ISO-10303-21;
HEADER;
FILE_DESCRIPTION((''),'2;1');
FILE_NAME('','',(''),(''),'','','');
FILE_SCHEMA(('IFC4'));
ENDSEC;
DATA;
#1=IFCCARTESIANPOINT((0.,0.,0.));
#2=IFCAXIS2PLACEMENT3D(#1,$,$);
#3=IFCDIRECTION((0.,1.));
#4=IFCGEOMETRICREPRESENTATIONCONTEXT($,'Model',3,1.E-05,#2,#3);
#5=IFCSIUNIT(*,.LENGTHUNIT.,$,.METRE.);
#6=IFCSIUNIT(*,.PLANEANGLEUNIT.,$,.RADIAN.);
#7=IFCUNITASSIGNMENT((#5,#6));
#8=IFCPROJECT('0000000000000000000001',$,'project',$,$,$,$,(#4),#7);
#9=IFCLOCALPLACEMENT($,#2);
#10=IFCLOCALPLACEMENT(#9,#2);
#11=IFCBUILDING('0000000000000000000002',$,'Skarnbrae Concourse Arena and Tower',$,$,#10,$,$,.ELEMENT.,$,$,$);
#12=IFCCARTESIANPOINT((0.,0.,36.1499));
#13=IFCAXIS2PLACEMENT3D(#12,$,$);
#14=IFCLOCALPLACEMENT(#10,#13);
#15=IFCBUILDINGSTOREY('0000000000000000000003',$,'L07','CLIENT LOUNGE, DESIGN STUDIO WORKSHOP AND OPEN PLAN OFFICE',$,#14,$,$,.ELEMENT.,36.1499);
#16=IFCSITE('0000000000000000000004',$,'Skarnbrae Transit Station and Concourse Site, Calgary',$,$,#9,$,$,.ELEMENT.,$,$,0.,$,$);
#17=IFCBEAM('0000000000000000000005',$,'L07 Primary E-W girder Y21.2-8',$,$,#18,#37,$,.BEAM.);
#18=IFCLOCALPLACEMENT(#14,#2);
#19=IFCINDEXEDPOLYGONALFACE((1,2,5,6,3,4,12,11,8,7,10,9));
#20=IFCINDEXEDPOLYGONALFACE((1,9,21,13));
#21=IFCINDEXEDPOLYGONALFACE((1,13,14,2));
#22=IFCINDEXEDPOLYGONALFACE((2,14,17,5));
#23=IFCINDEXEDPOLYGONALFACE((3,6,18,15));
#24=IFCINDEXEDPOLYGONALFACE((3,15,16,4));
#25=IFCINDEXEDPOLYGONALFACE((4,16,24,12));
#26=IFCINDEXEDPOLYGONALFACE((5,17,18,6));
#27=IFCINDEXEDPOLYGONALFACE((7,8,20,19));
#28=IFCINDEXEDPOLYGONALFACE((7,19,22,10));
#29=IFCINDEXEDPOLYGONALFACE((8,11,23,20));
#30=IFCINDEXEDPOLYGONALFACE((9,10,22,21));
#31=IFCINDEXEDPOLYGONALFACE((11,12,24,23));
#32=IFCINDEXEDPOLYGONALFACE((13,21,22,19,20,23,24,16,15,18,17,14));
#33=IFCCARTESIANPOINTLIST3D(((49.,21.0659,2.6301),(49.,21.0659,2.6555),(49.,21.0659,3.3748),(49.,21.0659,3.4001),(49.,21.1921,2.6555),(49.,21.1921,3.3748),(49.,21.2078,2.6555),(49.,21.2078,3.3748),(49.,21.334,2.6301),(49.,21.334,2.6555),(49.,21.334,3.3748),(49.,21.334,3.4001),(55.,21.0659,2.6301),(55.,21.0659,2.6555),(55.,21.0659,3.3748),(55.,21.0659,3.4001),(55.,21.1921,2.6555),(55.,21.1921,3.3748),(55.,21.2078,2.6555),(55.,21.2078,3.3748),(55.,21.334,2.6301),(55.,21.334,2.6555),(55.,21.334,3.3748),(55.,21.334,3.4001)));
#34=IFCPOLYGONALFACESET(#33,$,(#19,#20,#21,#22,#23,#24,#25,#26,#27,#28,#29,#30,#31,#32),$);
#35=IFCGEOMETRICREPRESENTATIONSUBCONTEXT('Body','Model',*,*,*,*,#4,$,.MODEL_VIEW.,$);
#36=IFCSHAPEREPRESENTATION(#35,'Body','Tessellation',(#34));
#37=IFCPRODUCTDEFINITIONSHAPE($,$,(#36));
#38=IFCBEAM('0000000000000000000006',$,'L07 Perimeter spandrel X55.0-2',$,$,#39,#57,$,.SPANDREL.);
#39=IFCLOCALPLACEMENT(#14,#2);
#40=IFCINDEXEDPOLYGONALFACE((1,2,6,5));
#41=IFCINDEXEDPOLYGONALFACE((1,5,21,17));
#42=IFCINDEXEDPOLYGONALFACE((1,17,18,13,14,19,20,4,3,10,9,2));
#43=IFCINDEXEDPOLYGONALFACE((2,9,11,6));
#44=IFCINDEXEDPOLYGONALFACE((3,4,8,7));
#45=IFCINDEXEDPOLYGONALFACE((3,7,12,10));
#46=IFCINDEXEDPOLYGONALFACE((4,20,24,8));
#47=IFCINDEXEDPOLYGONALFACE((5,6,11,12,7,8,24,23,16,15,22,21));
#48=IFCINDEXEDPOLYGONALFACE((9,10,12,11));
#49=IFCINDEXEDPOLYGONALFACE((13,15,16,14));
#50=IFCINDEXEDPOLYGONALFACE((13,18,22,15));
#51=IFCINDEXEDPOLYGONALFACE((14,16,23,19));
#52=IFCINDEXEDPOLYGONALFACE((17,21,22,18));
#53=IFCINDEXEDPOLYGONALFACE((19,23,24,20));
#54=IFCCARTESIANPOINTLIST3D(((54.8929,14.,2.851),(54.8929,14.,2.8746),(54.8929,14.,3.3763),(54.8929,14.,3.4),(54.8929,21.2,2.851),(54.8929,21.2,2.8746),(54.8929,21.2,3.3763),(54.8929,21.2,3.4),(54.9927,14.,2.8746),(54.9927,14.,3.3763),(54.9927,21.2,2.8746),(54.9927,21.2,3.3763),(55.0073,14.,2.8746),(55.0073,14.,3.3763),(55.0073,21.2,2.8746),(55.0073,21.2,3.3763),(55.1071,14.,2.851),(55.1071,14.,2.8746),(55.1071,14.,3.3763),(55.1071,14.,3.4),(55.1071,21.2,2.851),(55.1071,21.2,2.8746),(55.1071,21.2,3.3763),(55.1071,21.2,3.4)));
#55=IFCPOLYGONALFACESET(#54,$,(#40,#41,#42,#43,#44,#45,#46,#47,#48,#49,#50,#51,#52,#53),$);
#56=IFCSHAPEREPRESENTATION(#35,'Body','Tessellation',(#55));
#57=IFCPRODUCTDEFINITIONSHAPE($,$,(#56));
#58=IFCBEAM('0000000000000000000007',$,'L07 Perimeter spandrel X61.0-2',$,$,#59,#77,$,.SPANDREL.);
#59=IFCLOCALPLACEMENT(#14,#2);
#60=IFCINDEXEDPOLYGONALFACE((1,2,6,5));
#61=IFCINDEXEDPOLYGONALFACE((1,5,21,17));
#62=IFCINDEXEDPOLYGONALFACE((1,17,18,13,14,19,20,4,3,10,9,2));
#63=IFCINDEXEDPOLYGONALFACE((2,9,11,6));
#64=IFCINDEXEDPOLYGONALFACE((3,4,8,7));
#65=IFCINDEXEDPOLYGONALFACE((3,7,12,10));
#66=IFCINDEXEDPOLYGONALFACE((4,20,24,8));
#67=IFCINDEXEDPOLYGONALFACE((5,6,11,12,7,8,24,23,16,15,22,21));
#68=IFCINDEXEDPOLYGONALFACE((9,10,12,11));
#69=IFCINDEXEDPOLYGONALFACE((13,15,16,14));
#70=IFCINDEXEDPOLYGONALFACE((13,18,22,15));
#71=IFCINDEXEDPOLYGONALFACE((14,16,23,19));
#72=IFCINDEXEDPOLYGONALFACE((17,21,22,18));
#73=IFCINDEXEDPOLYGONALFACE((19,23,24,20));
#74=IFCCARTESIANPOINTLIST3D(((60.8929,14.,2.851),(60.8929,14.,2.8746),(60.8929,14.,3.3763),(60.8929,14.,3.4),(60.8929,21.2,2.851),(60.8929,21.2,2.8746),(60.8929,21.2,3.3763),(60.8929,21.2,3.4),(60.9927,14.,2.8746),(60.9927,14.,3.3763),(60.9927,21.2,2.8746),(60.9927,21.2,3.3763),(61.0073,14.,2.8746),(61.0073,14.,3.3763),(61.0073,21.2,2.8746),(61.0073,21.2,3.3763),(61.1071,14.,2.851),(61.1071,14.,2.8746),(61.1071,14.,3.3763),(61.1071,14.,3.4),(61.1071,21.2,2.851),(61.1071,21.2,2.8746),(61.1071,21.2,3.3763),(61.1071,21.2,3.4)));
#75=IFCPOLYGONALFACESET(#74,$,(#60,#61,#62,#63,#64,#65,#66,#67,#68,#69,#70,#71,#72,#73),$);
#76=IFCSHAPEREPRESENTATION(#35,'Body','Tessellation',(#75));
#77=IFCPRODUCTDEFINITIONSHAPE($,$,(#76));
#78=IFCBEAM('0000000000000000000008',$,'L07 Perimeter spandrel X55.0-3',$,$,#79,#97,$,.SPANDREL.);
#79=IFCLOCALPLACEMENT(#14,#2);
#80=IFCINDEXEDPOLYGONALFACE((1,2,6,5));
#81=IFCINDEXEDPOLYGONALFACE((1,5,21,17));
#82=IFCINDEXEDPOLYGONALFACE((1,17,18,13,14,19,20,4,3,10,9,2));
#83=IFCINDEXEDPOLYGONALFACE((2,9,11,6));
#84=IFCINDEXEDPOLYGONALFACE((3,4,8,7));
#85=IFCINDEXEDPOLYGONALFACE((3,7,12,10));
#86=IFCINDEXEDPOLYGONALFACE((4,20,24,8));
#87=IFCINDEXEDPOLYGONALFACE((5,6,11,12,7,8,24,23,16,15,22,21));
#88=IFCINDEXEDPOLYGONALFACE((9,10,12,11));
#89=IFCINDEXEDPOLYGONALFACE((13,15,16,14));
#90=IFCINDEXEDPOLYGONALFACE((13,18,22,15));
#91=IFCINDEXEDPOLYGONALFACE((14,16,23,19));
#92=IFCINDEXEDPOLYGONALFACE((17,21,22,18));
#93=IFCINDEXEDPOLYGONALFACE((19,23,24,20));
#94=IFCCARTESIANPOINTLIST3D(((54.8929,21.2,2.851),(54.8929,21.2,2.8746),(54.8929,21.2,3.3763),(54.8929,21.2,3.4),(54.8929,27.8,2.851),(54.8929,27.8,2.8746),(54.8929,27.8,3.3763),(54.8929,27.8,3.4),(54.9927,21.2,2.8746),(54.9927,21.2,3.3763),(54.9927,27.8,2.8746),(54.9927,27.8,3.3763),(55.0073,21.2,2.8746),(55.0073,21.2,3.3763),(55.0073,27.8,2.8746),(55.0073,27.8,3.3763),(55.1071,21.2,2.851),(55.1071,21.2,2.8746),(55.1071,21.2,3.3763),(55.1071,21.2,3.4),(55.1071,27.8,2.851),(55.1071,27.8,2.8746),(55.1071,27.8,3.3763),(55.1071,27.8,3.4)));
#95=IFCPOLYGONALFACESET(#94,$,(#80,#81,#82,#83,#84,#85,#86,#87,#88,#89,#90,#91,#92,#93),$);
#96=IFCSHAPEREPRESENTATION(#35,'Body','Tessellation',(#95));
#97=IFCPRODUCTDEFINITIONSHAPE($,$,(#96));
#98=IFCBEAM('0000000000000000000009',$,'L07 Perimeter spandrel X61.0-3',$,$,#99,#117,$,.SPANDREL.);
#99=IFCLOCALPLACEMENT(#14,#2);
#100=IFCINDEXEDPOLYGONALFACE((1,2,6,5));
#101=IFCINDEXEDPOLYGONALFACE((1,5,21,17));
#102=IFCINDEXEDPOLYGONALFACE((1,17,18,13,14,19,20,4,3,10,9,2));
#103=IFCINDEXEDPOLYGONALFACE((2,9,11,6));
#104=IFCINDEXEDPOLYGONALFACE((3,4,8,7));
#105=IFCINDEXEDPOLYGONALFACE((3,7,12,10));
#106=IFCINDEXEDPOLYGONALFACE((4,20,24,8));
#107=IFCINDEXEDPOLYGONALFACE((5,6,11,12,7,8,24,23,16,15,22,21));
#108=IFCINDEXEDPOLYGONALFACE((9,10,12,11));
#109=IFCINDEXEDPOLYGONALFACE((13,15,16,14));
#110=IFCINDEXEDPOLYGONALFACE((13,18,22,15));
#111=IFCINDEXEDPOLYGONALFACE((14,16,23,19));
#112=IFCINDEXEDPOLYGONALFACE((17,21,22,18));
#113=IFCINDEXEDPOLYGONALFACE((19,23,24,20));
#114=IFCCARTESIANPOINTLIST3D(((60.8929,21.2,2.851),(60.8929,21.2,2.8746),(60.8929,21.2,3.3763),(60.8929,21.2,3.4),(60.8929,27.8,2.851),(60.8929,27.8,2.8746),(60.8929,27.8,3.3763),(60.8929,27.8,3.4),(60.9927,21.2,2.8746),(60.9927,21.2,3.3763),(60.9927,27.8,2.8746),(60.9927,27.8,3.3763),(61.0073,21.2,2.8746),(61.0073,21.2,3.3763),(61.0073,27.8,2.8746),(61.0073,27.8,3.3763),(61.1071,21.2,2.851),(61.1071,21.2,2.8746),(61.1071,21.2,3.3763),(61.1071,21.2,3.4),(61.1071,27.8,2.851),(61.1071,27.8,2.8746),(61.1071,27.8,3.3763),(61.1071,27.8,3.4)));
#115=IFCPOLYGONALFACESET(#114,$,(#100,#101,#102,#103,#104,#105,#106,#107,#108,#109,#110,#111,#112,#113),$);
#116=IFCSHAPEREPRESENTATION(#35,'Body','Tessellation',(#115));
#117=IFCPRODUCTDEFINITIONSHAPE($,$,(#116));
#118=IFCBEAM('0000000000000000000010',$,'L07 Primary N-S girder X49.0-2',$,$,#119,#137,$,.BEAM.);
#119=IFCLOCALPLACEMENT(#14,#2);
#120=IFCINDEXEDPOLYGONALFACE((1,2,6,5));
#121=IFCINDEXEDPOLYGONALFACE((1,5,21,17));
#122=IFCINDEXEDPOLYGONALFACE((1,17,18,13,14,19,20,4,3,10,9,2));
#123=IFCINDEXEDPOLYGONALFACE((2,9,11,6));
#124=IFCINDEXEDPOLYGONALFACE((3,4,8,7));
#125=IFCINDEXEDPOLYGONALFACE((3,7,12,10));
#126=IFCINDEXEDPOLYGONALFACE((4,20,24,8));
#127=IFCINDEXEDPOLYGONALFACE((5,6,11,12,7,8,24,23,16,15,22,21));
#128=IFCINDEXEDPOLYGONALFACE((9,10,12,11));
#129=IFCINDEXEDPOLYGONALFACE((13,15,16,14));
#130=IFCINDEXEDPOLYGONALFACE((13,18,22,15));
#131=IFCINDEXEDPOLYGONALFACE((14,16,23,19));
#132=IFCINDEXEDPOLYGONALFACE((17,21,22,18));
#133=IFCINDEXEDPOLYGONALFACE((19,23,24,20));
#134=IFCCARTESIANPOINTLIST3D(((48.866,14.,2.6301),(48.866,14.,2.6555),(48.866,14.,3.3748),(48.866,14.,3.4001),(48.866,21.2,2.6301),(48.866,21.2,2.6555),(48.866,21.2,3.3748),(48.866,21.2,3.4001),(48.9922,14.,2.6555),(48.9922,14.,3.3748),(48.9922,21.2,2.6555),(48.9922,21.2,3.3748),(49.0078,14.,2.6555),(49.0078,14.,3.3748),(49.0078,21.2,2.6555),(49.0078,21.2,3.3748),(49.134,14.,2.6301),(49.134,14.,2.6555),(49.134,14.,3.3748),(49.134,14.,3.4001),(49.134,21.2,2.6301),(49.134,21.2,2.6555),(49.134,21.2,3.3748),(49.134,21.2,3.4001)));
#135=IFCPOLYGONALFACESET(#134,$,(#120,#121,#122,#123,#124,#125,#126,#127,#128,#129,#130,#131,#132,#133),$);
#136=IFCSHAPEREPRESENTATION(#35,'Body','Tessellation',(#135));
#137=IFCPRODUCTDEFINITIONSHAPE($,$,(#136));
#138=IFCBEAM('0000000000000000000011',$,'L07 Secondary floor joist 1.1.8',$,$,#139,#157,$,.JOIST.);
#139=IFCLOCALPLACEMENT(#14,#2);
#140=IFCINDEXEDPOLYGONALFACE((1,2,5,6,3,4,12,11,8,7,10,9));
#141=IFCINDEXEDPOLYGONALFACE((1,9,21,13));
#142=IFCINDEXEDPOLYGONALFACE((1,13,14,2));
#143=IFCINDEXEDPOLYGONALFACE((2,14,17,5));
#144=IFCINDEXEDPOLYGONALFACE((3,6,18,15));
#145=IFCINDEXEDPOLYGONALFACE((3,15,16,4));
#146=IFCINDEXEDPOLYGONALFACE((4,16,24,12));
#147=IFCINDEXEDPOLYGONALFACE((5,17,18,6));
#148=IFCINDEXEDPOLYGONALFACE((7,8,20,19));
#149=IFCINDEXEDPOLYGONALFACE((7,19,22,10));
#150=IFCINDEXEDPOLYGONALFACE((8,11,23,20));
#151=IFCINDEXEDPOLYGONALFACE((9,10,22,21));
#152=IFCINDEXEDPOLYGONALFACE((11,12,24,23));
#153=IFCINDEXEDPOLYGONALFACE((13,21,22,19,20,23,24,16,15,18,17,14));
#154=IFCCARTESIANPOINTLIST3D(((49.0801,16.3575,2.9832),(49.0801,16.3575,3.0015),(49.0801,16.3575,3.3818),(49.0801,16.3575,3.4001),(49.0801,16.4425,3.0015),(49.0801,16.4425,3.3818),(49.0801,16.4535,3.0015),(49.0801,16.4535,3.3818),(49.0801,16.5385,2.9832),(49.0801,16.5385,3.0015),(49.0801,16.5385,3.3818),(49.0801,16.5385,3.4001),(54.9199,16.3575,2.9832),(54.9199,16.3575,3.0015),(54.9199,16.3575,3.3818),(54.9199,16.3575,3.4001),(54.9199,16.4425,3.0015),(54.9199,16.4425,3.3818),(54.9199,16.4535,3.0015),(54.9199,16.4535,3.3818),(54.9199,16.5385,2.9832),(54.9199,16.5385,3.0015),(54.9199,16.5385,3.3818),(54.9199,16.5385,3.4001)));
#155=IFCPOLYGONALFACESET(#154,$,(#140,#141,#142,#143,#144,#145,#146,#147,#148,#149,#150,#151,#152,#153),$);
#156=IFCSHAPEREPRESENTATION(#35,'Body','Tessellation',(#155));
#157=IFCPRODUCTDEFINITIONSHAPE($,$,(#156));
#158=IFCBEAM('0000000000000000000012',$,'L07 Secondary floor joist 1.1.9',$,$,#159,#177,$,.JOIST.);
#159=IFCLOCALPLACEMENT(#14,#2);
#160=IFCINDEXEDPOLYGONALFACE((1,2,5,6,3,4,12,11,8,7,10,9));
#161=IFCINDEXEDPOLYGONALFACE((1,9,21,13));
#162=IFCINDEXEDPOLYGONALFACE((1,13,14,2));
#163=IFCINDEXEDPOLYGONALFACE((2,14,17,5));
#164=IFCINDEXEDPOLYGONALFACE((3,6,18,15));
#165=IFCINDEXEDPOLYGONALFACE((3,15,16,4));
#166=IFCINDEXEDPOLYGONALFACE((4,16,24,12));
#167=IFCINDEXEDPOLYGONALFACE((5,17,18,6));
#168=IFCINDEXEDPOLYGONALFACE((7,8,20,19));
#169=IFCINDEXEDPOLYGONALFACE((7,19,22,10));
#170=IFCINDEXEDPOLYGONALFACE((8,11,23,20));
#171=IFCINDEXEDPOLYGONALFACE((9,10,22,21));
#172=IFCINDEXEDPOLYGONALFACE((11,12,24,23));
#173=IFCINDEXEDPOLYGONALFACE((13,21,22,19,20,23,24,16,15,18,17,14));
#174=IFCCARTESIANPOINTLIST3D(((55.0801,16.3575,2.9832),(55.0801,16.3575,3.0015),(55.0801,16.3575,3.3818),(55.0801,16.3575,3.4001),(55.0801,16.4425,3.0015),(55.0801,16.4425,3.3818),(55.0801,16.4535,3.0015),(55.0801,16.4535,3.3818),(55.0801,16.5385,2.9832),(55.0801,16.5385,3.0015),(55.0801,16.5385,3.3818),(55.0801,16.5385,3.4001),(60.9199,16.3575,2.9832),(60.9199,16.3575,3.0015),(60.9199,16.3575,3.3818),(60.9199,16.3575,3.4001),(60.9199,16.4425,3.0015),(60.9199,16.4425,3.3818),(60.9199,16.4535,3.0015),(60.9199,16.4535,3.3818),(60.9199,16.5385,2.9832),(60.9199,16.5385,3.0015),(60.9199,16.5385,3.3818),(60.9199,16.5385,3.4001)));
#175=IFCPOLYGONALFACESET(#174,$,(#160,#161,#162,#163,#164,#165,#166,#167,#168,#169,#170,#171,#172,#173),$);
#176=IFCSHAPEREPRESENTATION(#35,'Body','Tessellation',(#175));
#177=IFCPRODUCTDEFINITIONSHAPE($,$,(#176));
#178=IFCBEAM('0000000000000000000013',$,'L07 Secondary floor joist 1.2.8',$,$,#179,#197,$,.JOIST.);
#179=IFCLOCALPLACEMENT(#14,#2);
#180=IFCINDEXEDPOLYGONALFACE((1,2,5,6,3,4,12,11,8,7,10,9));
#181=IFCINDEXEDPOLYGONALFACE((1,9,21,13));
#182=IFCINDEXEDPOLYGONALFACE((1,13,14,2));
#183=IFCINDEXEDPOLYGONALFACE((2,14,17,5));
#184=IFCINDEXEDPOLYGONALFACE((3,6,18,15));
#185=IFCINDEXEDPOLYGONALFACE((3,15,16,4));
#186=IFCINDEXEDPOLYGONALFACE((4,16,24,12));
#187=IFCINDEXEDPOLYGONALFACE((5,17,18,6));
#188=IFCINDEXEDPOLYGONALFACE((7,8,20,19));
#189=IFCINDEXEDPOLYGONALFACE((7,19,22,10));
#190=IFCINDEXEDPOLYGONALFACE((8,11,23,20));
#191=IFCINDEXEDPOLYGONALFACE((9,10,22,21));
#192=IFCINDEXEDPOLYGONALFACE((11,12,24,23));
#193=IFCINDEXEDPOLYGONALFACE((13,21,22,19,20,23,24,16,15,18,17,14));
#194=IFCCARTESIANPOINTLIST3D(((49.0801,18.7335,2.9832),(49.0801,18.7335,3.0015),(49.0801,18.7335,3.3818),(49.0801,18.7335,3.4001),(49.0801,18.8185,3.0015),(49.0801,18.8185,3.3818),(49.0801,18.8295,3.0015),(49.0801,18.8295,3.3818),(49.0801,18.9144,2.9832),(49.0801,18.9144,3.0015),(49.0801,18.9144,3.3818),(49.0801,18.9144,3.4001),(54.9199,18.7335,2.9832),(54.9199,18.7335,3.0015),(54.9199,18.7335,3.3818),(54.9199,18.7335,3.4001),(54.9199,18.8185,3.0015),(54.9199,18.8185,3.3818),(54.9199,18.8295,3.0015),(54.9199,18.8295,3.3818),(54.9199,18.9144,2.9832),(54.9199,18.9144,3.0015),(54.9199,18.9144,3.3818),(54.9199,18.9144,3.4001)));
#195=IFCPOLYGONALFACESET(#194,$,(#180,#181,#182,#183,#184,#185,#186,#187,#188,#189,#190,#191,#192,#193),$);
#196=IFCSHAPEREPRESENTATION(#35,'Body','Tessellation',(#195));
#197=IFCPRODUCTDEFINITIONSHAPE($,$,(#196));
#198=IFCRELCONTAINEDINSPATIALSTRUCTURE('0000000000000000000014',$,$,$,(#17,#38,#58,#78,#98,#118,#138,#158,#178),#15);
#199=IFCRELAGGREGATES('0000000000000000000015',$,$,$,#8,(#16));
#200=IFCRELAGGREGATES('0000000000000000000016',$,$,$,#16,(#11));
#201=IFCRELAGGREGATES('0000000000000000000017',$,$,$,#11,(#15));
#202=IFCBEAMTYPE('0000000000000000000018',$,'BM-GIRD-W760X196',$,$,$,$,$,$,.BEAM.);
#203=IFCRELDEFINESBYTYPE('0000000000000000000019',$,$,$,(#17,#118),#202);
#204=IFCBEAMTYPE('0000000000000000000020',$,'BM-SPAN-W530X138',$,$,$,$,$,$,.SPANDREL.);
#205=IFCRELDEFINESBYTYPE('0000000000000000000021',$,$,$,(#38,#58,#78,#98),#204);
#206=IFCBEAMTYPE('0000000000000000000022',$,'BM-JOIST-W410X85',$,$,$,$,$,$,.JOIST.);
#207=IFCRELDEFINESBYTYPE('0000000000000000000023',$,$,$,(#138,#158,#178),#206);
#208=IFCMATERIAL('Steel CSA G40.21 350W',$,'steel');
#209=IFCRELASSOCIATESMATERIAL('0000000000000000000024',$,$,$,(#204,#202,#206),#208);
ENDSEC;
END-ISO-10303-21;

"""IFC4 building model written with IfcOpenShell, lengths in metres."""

from ifc_helpers import new_model, si_unit, direction, frame, origin, origin_2d, place, context, subcontext, project, spatial, i_section, extrude, source, transform, mapped, material, material_profile, profile_set, type_object, element, save


model = new_model("IFC4")

# Units and contexts
model_context = context("Model", 3, precision=1e-05, world=origin(), true_north=direction((0.0, 1.0)))
body_context = subcontext(model_context, "Body", "Model", "MODEL_VIEW")
ifc_project = project(units=[si_unit("LENGTHUNIT", "METRE"), si_unit("PLANEANGLEUNIT", "RADIAN")], contexts=[model_context])

# Site, building, storey
site_placement = place(None, origin())
site = spatial("IfcSite", under=ifc_project, at=site_placement, Name="Skarnbrae Transit Station and Concourse Site, Calgary", CompositionType="ELEMENT", RefElevation=0.0)
building_placement = place(site_placement, origin())
building = spatial("IfcBuilding", under=site, at=building_placement, Name="Skarnbrae Concourse Arena and Tower", CompositionType="ELEMENT")
storey_placement = place(building_placement, frame((0.0, 0.0, 36.1499)))
storey = spatial("IfcBuildingStorey", under=building, at=storey_placement, Name="L07", Description="CLIENT LOUNGE, DESIGN STUDIO WORKSHOP AND OPEN PLAN OFFICE", CompositionType="ELEMENT", Elevation=36.1499)

# Shared definitions
ifc_material_1 = material(Name="Steel CSA G40.21 350W", Category="steel")

# Beams
ifc_material_profile_1 = material_profile(ifc_material_1, i_section(OverallWidth=0.2141, OverallDepth=0.5491, WebThickness=0.0146, FlangeThickness=0.0237, at=origin_2d()), Name="W530X138")
ifc_profile_set_1 = profile_set([ifc_material_profile_1], Name="Steel CSA G40.21 350W")
beam_type_1 = type_object("IfcBeamType", Name="BM-SPAN-W530X138", PredefinedType="SPANDREL", material=ifc_profile_set_1)
ifc_material_profile_2 = material_profile(ifc_material_1, i_section(OverallWidth=0.2681, OverallDepth=0.77, WebThickness=0.0156, FlangeThickness=0.0254, at=origin_2d()), Name="W760X196")
ifc_profile_set_2 = profile_set([ifc_material_profile_2], Name="Steel CSA G40.21 350W")
beam_type_2 = type_object("IfcBeamType", Name="BM-GIRD-W760X196", PredefinedType="BEAM", material=ifc_profile_set_2)
shared_shape_1 = source(origin(), body_context, "Body", "SweptSolid", [
    extrude(i_section(OverallWidth=0.2681, OverallDepth=0.77, WebThickness=0.0156, FlangeThickness=0.0254, at=origin_2d()), origin(), (0.0, 0.0, 1.0), 6.0),
])
beam_1_placement = place(storey_placement, frame((49.0, 21.2, 3.0151), z_axis=(1.0, 0.0, 0.0), x_axis=(0.0, 1.0, 0.0)))
element("IfcBeam", 1, at=beam_1_placement, inside=storey, type_object=beam_type_2, Name="L07 Primary E-W girder Y21.2-8", PredefinedType="BEAM", context=body_context, shape_type="MappedRepresentation", body=[
    mapped(shared_shape_1, transform((0.0, 0.0, 0.0))),
])
shared_shape_2 = source(origin(), body_context, "Body", "SweptSolid", [
    extrude(i_section(OverallWidth=0.2141, OverallDepth=0.5491, WebThickness=0.0146, FlangeThickness=0.0237, at=origin_2d()), origin(), (0.0, 0.0, 1.0), 7.2),
])
for number, where, z_axis, x_axis, name in (
    (2, (55.0, 14.0, 3.1255), (0.0, 1.0, 0.0), (-1.0, 0.0, 0.0), "L07 Perimeter spandrel X55.0-2"),
    (3, (61.0, 14.0, 3.1255), (0.0, 1.0, 0.0), (-1.0, 0.0, 0.0), "L07 Perimeter spandrel X61.0-2"),
):
    element("IfcBeam", number, at=place(storey_placement, frame(where, z_axis=z_axis, x_axis=x_axis)), inside=storey, type_object=beam_type_1, Name=name, PredefinedType="SPANDREL", context=body_context, shape_type="MappedRepresentation", body=[
        mapped(shared_shape_2, transform((0.0, 0.0, 0.0))),
    ])
shared_shape_3 = source(origin(), body_context, "Body", "SweptSolid", [
    extrude(i_section(OverallWidth=0.2141, OverallDepth=0.5491, WebThickness=0.0146, FlangeThickness=0.0237, at=origin_2d()), origin(), (0.0, 0.0, 1.0), 6.6001),
])
for number, where, z_axis, x_axis, name in (
    (4, (55.0, 21.2, 3.1255), (0.0, 1.0, 0.0), (-1.0, 0.0, 0.0), "L07 Perimeter spandrel X55.0-3"),
    (5, (61.0, 21.2, 3.1255), (0.0, 1.0, 0.0), (-1.0, 0.0, 0.0), "L07 Perimeter spandrel X61.0-3"),
):
    element("IfcBeam", number, at=place(storey_placement, frame(where, z_axis=z_axis, x_axis=x_axis)), inside=storey, type_object=beam_type_1, Name=name, PredefinedType="SPANDREL", context=body_context, shape_type="MappedRepresentation", body=[
        mapped(shared_shape_3, transform((0.0, 0.0, 0.0))),
    ])
shared_shape_4 = source(origin(), body_context, "Body", "SweptSolid", [
    extrude(i_section(OverallWidth=0.2681, OverallDepth=0.77, WebThickness=0.0156, FlangeThickness=0.0254, at=origin_2d()), origin(), (0.0, 0.0, 1.0), 7.2),
])
beam_2_placement = place(storey_placement, frame((49.0, 14.0, 3.0151), z_axis=(0.0, 1.0, 0.0), x_axis=(-1.0, 0.0, 0.0)))
element("IfcBeam", 6, at=beam_2_placement, inside=storey, type_object=beam_type_2, Name="L07 Primary N-S girder X49.0-2", PredefinedType="BEAM", context=body_context, shape_type="MappedRepresentation", body=[
    mapped(shared_shape_4, transform((0.0, 0.0, 0.0))),
])
ifc_material_profile_3 = material_profile(ifc_material_1, i_section(OverallWidth=0.1809, OverallDepth=0.417, WebThickness=0.011, FlangeThickness=0.0183, at=origin_2d()), Name="W410X85")
ifc_profile_set_3 = profile_set([ifc_material_profile_3], Name="Steel CSA G40.21 350W")
beam_type_3 = type_object("IfcBeamType", Name="BM-JOIST-W410X85", PredefinedType="JOIST", material=ifc_profile_set_3)
shared_shape_5 = source(origin(), body_context, "Body", "SweptSolid", [
    extrude(i_section(OverallWidth=0.1809, OverallDepth=0.417, WebThickness=0.011, FlangeThickness=0.0183, at=origin_2d()), origin(), (0.0, 0.0, 1.0), 5.8398),
])
for number, where, z_axis, x_axis, name in (
    (7, (49.0801, 16.448, 3.1917), (1.0, 0.0, 0.0), (0.0, 1.0, 0.0), "L07 Secondary floor joist 1.1.8"),
    (8, (55.0801, 16.448, 3.1917), (1.0, 0.0, 0.0), (0.0, 1.0, 0.0), "L07 Secondary floor joist 1.1.9"),
    (9, (49.0801, 18.824, 3.1917), (1.0, 0.0, 0.0), (0.0, 1.0, 0.0), "L07 Secondary floor joist 1.2.8"),
):
    element("IfcBeam", number, at=place(storey_placement, frame(where, z_axis=z_axis, x_axis=x_axis)), inside=storey, type_object=beam_type_3, Name=name, PredefinedType="JOIST", context=body_context, shape_type="MappedRepresentation", body=[
        mapped(shared_shape_5, transform((0.0, 0.0, 0.0))),
    ])

save(model, "model.ifc")
